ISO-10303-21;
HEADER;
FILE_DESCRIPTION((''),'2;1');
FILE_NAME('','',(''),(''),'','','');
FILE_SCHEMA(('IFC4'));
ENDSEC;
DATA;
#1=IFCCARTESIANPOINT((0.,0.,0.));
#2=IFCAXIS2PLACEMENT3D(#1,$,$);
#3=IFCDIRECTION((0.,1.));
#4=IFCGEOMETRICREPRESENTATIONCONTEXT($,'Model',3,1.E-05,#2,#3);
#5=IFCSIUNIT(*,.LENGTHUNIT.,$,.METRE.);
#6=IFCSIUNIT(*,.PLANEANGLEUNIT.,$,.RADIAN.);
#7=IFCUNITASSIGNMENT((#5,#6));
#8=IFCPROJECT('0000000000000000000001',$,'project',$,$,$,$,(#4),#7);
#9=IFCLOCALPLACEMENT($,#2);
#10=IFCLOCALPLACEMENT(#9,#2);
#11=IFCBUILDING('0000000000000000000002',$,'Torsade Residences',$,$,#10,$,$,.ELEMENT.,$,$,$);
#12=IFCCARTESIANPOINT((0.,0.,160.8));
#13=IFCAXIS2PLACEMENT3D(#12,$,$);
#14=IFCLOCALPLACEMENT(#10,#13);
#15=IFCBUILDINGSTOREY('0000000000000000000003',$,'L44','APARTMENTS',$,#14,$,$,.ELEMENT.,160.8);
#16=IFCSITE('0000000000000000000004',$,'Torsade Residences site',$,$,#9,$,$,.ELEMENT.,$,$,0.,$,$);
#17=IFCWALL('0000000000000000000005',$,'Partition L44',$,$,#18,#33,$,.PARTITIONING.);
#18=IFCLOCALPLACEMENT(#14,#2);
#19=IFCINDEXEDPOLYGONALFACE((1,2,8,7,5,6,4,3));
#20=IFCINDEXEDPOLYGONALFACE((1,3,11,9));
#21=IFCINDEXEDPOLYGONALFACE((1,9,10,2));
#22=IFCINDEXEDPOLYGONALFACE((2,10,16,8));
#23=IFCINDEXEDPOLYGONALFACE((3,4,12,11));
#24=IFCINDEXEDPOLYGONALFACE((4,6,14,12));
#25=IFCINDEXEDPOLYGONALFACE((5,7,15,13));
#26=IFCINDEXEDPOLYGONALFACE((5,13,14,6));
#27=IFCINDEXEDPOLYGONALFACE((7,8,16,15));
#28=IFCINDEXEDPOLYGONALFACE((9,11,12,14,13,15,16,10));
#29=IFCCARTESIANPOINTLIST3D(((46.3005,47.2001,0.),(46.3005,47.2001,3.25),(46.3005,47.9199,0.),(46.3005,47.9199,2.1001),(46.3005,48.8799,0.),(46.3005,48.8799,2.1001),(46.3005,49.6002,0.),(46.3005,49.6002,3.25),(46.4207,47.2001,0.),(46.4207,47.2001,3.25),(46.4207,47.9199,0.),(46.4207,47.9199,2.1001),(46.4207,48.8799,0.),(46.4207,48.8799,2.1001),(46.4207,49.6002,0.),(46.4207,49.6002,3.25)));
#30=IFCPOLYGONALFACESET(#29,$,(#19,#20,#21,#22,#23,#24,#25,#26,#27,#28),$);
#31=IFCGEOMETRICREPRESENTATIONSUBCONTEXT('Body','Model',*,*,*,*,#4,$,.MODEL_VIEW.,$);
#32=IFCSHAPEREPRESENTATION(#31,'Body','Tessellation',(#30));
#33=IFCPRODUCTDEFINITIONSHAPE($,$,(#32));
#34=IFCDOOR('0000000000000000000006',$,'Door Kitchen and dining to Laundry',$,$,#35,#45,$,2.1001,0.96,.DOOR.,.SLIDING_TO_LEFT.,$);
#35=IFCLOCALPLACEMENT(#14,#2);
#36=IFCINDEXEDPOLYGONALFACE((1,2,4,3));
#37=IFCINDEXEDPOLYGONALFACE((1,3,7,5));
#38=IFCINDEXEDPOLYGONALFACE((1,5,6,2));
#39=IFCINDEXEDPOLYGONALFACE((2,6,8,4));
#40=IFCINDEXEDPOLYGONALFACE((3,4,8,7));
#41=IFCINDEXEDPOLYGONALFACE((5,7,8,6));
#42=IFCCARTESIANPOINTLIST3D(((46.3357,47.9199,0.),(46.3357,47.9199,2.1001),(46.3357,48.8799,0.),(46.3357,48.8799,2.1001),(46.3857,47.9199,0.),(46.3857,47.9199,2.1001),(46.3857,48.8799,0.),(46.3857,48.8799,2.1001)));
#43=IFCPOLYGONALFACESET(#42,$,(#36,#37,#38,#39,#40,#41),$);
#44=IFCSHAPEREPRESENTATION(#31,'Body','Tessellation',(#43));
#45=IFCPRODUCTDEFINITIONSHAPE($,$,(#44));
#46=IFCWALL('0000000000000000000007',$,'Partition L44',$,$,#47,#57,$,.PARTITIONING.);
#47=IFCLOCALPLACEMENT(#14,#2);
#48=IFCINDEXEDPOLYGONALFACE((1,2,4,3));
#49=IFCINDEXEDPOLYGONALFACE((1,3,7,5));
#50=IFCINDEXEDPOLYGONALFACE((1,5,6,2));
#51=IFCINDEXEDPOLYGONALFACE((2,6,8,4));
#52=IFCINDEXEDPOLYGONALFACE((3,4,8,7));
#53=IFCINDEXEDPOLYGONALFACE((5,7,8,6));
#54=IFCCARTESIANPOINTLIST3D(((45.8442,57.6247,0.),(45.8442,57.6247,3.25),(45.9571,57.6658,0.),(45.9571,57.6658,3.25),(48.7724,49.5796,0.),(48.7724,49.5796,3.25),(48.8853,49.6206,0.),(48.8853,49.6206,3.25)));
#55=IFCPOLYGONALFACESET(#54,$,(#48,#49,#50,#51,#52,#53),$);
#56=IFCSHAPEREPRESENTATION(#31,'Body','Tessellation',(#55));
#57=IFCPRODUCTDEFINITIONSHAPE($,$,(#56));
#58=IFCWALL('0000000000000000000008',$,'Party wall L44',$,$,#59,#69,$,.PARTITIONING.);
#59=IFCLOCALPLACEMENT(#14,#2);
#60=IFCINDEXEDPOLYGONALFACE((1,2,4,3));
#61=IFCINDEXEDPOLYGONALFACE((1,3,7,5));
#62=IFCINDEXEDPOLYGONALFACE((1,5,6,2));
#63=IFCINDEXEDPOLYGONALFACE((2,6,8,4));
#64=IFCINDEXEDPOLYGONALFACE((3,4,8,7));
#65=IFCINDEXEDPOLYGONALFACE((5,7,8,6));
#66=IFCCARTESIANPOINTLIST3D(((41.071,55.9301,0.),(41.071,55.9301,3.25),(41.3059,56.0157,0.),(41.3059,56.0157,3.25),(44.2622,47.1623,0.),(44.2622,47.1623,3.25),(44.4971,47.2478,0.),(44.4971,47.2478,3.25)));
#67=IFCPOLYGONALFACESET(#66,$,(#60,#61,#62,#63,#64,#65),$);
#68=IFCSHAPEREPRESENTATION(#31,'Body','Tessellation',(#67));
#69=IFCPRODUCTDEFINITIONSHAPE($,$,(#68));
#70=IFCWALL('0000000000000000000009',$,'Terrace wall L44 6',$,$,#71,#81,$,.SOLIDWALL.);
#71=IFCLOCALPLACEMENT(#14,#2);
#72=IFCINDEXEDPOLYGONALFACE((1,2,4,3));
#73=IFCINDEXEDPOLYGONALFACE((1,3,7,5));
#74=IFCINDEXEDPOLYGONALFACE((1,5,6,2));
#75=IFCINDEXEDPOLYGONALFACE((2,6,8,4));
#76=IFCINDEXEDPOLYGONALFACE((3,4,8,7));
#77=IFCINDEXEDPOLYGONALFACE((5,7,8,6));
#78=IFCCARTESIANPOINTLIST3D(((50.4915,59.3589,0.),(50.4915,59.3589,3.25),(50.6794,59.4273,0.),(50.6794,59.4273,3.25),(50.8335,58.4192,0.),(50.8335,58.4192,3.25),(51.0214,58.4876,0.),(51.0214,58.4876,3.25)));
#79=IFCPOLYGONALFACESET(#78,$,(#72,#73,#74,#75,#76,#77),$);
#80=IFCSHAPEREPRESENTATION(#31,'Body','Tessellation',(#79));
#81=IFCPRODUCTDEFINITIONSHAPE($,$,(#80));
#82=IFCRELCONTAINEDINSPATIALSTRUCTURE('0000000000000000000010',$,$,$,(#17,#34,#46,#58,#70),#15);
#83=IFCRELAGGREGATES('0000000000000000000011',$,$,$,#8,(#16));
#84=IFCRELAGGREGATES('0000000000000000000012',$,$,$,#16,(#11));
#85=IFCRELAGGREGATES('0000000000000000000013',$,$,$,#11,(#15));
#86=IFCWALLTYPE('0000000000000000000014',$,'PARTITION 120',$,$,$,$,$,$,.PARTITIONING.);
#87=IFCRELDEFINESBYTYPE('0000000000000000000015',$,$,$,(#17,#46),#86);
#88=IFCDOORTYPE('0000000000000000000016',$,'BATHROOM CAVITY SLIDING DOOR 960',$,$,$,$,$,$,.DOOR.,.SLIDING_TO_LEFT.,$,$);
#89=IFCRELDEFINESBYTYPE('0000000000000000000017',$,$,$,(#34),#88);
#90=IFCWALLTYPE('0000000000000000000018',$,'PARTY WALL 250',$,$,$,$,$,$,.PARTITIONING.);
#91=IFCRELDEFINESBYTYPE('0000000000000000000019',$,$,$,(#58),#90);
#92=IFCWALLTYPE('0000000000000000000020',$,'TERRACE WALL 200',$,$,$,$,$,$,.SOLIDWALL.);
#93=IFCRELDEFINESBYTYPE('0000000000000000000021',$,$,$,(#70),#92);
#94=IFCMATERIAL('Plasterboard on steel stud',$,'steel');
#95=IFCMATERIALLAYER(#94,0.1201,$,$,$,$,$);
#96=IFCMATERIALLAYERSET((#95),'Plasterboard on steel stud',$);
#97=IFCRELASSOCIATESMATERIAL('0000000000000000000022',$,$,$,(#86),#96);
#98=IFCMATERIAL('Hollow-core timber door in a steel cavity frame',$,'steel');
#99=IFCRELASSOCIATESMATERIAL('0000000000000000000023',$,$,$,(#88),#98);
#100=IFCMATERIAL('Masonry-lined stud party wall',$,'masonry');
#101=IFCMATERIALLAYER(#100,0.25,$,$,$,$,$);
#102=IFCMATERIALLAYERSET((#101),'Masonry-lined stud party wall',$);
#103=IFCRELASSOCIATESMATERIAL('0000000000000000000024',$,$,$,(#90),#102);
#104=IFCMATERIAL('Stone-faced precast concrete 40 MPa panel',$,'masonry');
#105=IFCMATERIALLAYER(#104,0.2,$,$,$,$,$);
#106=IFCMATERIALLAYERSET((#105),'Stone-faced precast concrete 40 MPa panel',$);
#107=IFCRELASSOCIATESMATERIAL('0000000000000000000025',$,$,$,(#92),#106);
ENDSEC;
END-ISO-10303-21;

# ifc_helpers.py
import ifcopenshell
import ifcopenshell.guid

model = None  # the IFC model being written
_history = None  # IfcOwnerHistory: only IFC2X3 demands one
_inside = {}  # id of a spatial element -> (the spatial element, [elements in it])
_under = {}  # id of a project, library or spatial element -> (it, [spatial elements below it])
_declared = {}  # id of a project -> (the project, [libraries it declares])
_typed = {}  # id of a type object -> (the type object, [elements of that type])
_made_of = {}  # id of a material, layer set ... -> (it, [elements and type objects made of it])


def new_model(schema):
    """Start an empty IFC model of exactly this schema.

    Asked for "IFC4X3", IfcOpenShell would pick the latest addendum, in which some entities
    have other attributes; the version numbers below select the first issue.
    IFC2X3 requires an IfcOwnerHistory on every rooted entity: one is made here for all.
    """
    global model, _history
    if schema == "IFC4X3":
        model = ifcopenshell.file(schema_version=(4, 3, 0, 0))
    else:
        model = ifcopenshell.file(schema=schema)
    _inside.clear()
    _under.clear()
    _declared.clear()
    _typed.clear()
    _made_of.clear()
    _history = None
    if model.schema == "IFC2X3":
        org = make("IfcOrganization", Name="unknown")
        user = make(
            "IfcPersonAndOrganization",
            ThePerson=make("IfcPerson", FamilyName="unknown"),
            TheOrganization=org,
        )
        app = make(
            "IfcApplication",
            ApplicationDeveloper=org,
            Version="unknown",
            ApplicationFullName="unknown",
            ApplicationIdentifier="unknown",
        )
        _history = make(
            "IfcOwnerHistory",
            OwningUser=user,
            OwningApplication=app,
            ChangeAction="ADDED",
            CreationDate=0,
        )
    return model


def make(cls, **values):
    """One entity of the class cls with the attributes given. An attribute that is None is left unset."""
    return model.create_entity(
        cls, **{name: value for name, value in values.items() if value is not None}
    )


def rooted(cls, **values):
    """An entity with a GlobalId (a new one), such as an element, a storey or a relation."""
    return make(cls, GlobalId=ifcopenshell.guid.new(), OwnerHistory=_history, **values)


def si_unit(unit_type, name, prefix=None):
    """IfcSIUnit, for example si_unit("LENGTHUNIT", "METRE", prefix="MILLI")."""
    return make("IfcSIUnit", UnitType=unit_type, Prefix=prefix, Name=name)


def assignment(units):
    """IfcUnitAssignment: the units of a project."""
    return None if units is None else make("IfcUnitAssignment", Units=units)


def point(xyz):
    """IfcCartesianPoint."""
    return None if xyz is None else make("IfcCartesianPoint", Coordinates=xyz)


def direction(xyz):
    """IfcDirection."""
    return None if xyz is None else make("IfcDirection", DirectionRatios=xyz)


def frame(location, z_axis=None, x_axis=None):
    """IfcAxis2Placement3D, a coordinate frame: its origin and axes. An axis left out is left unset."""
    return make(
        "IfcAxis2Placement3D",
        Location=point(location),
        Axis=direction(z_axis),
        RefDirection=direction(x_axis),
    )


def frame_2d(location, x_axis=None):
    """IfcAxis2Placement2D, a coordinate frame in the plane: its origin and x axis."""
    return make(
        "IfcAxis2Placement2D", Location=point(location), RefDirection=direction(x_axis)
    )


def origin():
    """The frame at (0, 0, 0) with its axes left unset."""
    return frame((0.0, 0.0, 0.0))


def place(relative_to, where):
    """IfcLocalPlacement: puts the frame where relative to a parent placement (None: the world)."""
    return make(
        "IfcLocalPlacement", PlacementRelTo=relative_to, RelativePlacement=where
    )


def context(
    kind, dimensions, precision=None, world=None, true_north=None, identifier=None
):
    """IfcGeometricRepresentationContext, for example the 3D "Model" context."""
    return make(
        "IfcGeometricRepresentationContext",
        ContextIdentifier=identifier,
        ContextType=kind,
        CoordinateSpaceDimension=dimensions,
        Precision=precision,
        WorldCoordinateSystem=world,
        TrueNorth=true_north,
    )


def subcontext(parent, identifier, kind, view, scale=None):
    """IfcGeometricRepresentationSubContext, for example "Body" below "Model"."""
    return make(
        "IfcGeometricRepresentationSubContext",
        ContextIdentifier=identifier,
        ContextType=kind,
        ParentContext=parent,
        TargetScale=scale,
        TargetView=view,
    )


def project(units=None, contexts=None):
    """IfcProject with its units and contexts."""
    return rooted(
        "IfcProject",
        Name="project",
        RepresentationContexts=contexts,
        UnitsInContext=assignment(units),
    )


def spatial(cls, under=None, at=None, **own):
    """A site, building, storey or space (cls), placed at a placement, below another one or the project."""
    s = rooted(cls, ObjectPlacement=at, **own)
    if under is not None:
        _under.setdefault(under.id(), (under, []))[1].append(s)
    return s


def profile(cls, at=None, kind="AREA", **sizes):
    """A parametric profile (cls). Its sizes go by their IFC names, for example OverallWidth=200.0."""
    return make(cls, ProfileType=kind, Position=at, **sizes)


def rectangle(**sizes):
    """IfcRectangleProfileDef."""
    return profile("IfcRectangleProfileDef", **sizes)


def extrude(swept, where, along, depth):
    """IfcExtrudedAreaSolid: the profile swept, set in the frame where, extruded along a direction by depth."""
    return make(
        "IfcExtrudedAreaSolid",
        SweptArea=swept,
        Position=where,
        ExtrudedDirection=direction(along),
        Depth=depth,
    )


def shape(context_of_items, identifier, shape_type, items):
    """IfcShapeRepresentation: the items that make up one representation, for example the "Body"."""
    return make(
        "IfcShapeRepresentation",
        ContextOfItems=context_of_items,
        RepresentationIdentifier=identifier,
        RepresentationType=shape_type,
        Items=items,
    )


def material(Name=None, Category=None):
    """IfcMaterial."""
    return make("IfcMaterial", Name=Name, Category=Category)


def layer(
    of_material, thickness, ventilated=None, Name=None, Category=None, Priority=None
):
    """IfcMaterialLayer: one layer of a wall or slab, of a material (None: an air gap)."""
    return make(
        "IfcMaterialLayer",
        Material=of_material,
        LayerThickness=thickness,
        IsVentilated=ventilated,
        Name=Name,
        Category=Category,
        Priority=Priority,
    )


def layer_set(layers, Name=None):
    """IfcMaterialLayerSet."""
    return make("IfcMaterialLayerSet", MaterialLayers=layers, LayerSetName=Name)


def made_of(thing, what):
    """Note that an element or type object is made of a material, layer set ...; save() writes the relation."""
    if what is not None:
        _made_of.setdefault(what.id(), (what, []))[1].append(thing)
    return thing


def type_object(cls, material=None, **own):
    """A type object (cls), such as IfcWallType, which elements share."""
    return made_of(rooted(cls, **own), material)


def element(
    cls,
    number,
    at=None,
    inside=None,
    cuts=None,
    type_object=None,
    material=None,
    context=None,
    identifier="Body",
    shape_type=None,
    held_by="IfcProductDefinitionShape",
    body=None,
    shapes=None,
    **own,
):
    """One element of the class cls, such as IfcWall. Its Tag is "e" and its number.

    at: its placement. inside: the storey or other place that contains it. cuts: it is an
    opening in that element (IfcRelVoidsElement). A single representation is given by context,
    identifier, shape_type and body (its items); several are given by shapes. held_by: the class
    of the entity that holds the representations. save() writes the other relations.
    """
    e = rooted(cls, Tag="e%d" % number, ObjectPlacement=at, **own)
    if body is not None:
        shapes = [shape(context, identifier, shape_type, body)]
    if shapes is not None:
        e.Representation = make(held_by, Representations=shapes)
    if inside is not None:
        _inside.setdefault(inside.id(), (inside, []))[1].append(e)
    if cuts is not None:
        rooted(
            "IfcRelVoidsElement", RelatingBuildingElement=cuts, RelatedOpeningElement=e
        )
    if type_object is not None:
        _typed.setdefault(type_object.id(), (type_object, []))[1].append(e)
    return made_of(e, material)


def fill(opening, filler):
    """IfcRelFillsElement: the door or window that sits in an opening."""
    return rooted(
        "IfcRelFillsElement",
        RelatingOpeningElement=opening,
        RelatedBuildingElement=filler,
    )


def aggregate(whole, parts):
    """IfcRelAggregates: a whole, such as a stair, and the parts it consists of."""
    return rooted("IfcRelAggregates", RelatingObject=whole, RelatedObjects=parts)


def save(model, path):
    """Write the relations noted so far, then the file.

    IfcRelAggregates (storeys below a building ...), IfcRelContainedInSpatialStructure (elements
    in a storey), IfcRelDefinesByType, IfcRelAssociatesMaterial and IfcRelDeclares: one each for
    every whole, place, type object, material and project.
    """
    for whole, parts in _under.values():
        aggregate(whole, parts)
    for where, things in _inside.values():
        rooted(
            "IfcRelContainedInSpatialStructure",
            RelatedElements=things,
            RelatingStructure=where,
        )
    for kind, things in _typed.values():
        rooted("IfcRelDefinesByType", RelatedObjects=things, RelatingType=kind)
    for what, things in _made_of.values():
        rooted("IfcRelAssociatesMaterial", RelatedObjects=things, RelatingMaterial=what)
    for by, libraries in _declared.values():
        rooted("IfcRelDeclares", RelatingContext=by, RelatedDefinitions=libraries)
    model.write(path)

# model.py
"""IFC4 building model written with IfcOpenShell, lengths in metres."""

from ifc_helpers import new_model, si_unit, direction, frame, frame_2d, origin, place, context, subcontext, project, spatial, rectangle, extrude, material, layer, layer_set, type_object, element, fill, save


model = new_model("IFC4")

# Units and contexts
model_context = context("Model", 3, precision=1e-05, world=origin(), true_north=direction((0.0, 1.0)))
body_context = subcontext(model_context, "Body", "Model", "MODEL_VIEW")
ifc_project = project(units=[si_unit("LENGTHUNIT", "METRE"), si_unit("PLANEANGLEUNIT", "RADIAN")], contexts=[model_context])

# Site, building, storey
site_placement = place(None, origin())
site = spatial("IfcSite", under=ifc_project, at=site_placement, Name="Torsade Residences site", CompositionType="ELEMENT", RefElevation=0.0)
building_placement = place(site_placement, origin())
building = spatial("IfcBuilding", under=site, at=building_placement, Name="Torsade Residences", CompositionType="ELEMENT")
storey_placement = place(building_placement, frame((0.0, 0.0, 160.8)))
storey = spatial("IfcBuildingStorey", under=building, at=storey_placement, Name="L44", Description="APARTMENTS", CompositionType="ELEMENT", Elevation=160.8)

# Wall, opening, door
ifc_material_1 = material(Name="Plasterboard on steel stud", Category="steel")
ifc_layer_1 = layer(ifc_material_1, 0.1201)
ifc_layer_set_1 = layer_set([ifc_layer_1], Name="Plasterboard on steel stud")
wall_type_1 = type_object("IfcWallType", Name="PARTITION 120", PredefinedType="PARTITIONING", material=ifc_layer_set_1)
wall_1_placement = place(storey_placement, frame((46.3606, 47.2, 0.0), z_axis=(0.0, 0.0, 1.0), x_axis=(0.0, 1.0, 0.0)))
wall_1 = element("IfcWall", 1, at=wall_1_placement, inside=storey, type_object=wall_type_1, Name="Partition L44", PredefinedType="PARTITIONING", context=body_context, shape_type="SweptSolid", body=[
    extrude(rectangle(XDim=2.4001, YDim=0.1201, at=frame_2d((1.2002, 0.0))), origin(), (0.0, 0.0, 1.0), 3.25),
])
opening_placement = place(wall_1_placement, frame((0.72, 0.0, 0.0)))
opening = element("IfcOpeningElement", 2, at=opening_placement, cuts=wall_1, PredefinedType="OPENING", context=body_context, shape_type="SweptSolid", body=[
    extrude(rectangle(XDim=0.96, YDim=2.1001, at=frame_2d((0.48, 1.05))), frame((0.0, 0.0701, 0.0), z_axis=(0.0, -1.0, 0.0), x_axis=(1.0, 0.0, 0.0)), (0.0, 0.0, 1.0), 0.1401),
])
ifc_material_2 = material(Name="Hollow-core timber door in a steel cavity frame", Category="steel")
door_type = type_object("IfcDoorType", Name="BATHROOM CAVITY SLIDING DOOR 960", OperationType="SLIDING_TO_LEFT", PredefinedType="DOOR", material=ifc_material_2)
door_placement = place(opening_placement, origin())
door = element("IfcDoor", 3, at=door_placement, inside=storey, type_object=door_type, Name="Door Kitchen and dining to Laundry", OperationType="SLIDING_TO_LEFT", OverallHeight=2.1001, OverallWidth=0.96, PredefinedType="DOOR", context=body_context, shape_type="SweptSolid", body=[
    extrude(rectangle(XDim=0.96, YDim=2.1001, at=frame_2d((0.48, 1.05))), frame((0.0, 0.0249, 0.0), z_axis=(0.0, -1.0, 0.0), x_axis=(1.0, 0.0, 0.0)), (0.0, 0.0, 1.0), 0.05),
])
fill(opening, door)

# Walls
wall_2_placement = place(storey_placement, frame((48.8289, 49.6001, 0.0), z_axis=(0.0, 0.0, 1.0), x_axis=(-0.342022, 0.939692, 0.0)))
element("IfcWall", 4, at=wall_2_placement, inside=storey, type_object=wall_type_1, Name="Partition L44", PredefinedType="PARTITIONING", context=body_context, shape_type="SweptSolid", body=[
    extrude(rectangle(XDim=8.5615, YDim=0.1201, at=frame_2d((4.2808, 0.0))), origin(), (0.0, 0.0, 1.0), 3.25),
])
ifc_material_3 = material(Name="Masonry-lined stud party wall", Category="masonry")
ifc_layer_2 = layer(ifc_material_3, 0.25)
ifc_layer_set_2 = layer_set([ifc_layer_2], Name="Masonry-lined stud party wall")
wall_type_2 = type_object("IfcWallType", Name="PARTY WALL 250", PredefinedType="PARTITIONING", material=ifc_layer_set_2)
wall_3_placement = place(storey_placement, frame((41.1885, 55.9729, 0.0), z_axis=(0.0, 0.0, 1.0), x_axis=(0.342014, -0.939695, 0.0)))
element("IfcWall", 5, at=wall_3_placement, inside=storey, type_object=wall_type_2, Name="Party wall L44", PredefinedType="PARTITIONING", context=body_context, shape_type="SweptSolid", body=[
    extrude(rectangle(XDim=9.3306, YDim=0.25, at=frame_2d((4.6653, 0.0))), origin(), (0.0, 0.0, 1.0), 3.25),
])
ifc_material_4 = material(Name="Stone-faced precast concrete 40 MPa panel", Category="masonry")
ifc_layer_3 = layer(ifc_material_4, 0.2)
ifc_layer_set_3 = layer_set([ifc_layer_3], Name="Stone-faced precast concrete 40 MPa panel")
wall_type_3 = type_object("IfcWallType", Name="TERRACE WALL 200", PredefinedType="SOLIDWALL", material=ifc_layer_set_3)
wall_4_placement = place(storey_placement, frame((50.9275, 58.4534, 0.0), z_axis=(0.0, 0.0, 1.0), x_axis=(-0.342037, 0.939686, 0.0)))
element("IfcWall", 6, at=wall_4_placement, inside=storey, type_object=wall_type_3, Name="Terrace wall L44 6", PredefinedType="SOLIDWALL", context=body_context, shape_type="SweptSolid", body=[
    extrude(rectangle(XDim=1.0, YDim=0.2, at=frame_2d((0.5, 0.0))), origin(), (0.0, 0.0, 1.0), 3.25),
])

save(model, "model.ifc")
